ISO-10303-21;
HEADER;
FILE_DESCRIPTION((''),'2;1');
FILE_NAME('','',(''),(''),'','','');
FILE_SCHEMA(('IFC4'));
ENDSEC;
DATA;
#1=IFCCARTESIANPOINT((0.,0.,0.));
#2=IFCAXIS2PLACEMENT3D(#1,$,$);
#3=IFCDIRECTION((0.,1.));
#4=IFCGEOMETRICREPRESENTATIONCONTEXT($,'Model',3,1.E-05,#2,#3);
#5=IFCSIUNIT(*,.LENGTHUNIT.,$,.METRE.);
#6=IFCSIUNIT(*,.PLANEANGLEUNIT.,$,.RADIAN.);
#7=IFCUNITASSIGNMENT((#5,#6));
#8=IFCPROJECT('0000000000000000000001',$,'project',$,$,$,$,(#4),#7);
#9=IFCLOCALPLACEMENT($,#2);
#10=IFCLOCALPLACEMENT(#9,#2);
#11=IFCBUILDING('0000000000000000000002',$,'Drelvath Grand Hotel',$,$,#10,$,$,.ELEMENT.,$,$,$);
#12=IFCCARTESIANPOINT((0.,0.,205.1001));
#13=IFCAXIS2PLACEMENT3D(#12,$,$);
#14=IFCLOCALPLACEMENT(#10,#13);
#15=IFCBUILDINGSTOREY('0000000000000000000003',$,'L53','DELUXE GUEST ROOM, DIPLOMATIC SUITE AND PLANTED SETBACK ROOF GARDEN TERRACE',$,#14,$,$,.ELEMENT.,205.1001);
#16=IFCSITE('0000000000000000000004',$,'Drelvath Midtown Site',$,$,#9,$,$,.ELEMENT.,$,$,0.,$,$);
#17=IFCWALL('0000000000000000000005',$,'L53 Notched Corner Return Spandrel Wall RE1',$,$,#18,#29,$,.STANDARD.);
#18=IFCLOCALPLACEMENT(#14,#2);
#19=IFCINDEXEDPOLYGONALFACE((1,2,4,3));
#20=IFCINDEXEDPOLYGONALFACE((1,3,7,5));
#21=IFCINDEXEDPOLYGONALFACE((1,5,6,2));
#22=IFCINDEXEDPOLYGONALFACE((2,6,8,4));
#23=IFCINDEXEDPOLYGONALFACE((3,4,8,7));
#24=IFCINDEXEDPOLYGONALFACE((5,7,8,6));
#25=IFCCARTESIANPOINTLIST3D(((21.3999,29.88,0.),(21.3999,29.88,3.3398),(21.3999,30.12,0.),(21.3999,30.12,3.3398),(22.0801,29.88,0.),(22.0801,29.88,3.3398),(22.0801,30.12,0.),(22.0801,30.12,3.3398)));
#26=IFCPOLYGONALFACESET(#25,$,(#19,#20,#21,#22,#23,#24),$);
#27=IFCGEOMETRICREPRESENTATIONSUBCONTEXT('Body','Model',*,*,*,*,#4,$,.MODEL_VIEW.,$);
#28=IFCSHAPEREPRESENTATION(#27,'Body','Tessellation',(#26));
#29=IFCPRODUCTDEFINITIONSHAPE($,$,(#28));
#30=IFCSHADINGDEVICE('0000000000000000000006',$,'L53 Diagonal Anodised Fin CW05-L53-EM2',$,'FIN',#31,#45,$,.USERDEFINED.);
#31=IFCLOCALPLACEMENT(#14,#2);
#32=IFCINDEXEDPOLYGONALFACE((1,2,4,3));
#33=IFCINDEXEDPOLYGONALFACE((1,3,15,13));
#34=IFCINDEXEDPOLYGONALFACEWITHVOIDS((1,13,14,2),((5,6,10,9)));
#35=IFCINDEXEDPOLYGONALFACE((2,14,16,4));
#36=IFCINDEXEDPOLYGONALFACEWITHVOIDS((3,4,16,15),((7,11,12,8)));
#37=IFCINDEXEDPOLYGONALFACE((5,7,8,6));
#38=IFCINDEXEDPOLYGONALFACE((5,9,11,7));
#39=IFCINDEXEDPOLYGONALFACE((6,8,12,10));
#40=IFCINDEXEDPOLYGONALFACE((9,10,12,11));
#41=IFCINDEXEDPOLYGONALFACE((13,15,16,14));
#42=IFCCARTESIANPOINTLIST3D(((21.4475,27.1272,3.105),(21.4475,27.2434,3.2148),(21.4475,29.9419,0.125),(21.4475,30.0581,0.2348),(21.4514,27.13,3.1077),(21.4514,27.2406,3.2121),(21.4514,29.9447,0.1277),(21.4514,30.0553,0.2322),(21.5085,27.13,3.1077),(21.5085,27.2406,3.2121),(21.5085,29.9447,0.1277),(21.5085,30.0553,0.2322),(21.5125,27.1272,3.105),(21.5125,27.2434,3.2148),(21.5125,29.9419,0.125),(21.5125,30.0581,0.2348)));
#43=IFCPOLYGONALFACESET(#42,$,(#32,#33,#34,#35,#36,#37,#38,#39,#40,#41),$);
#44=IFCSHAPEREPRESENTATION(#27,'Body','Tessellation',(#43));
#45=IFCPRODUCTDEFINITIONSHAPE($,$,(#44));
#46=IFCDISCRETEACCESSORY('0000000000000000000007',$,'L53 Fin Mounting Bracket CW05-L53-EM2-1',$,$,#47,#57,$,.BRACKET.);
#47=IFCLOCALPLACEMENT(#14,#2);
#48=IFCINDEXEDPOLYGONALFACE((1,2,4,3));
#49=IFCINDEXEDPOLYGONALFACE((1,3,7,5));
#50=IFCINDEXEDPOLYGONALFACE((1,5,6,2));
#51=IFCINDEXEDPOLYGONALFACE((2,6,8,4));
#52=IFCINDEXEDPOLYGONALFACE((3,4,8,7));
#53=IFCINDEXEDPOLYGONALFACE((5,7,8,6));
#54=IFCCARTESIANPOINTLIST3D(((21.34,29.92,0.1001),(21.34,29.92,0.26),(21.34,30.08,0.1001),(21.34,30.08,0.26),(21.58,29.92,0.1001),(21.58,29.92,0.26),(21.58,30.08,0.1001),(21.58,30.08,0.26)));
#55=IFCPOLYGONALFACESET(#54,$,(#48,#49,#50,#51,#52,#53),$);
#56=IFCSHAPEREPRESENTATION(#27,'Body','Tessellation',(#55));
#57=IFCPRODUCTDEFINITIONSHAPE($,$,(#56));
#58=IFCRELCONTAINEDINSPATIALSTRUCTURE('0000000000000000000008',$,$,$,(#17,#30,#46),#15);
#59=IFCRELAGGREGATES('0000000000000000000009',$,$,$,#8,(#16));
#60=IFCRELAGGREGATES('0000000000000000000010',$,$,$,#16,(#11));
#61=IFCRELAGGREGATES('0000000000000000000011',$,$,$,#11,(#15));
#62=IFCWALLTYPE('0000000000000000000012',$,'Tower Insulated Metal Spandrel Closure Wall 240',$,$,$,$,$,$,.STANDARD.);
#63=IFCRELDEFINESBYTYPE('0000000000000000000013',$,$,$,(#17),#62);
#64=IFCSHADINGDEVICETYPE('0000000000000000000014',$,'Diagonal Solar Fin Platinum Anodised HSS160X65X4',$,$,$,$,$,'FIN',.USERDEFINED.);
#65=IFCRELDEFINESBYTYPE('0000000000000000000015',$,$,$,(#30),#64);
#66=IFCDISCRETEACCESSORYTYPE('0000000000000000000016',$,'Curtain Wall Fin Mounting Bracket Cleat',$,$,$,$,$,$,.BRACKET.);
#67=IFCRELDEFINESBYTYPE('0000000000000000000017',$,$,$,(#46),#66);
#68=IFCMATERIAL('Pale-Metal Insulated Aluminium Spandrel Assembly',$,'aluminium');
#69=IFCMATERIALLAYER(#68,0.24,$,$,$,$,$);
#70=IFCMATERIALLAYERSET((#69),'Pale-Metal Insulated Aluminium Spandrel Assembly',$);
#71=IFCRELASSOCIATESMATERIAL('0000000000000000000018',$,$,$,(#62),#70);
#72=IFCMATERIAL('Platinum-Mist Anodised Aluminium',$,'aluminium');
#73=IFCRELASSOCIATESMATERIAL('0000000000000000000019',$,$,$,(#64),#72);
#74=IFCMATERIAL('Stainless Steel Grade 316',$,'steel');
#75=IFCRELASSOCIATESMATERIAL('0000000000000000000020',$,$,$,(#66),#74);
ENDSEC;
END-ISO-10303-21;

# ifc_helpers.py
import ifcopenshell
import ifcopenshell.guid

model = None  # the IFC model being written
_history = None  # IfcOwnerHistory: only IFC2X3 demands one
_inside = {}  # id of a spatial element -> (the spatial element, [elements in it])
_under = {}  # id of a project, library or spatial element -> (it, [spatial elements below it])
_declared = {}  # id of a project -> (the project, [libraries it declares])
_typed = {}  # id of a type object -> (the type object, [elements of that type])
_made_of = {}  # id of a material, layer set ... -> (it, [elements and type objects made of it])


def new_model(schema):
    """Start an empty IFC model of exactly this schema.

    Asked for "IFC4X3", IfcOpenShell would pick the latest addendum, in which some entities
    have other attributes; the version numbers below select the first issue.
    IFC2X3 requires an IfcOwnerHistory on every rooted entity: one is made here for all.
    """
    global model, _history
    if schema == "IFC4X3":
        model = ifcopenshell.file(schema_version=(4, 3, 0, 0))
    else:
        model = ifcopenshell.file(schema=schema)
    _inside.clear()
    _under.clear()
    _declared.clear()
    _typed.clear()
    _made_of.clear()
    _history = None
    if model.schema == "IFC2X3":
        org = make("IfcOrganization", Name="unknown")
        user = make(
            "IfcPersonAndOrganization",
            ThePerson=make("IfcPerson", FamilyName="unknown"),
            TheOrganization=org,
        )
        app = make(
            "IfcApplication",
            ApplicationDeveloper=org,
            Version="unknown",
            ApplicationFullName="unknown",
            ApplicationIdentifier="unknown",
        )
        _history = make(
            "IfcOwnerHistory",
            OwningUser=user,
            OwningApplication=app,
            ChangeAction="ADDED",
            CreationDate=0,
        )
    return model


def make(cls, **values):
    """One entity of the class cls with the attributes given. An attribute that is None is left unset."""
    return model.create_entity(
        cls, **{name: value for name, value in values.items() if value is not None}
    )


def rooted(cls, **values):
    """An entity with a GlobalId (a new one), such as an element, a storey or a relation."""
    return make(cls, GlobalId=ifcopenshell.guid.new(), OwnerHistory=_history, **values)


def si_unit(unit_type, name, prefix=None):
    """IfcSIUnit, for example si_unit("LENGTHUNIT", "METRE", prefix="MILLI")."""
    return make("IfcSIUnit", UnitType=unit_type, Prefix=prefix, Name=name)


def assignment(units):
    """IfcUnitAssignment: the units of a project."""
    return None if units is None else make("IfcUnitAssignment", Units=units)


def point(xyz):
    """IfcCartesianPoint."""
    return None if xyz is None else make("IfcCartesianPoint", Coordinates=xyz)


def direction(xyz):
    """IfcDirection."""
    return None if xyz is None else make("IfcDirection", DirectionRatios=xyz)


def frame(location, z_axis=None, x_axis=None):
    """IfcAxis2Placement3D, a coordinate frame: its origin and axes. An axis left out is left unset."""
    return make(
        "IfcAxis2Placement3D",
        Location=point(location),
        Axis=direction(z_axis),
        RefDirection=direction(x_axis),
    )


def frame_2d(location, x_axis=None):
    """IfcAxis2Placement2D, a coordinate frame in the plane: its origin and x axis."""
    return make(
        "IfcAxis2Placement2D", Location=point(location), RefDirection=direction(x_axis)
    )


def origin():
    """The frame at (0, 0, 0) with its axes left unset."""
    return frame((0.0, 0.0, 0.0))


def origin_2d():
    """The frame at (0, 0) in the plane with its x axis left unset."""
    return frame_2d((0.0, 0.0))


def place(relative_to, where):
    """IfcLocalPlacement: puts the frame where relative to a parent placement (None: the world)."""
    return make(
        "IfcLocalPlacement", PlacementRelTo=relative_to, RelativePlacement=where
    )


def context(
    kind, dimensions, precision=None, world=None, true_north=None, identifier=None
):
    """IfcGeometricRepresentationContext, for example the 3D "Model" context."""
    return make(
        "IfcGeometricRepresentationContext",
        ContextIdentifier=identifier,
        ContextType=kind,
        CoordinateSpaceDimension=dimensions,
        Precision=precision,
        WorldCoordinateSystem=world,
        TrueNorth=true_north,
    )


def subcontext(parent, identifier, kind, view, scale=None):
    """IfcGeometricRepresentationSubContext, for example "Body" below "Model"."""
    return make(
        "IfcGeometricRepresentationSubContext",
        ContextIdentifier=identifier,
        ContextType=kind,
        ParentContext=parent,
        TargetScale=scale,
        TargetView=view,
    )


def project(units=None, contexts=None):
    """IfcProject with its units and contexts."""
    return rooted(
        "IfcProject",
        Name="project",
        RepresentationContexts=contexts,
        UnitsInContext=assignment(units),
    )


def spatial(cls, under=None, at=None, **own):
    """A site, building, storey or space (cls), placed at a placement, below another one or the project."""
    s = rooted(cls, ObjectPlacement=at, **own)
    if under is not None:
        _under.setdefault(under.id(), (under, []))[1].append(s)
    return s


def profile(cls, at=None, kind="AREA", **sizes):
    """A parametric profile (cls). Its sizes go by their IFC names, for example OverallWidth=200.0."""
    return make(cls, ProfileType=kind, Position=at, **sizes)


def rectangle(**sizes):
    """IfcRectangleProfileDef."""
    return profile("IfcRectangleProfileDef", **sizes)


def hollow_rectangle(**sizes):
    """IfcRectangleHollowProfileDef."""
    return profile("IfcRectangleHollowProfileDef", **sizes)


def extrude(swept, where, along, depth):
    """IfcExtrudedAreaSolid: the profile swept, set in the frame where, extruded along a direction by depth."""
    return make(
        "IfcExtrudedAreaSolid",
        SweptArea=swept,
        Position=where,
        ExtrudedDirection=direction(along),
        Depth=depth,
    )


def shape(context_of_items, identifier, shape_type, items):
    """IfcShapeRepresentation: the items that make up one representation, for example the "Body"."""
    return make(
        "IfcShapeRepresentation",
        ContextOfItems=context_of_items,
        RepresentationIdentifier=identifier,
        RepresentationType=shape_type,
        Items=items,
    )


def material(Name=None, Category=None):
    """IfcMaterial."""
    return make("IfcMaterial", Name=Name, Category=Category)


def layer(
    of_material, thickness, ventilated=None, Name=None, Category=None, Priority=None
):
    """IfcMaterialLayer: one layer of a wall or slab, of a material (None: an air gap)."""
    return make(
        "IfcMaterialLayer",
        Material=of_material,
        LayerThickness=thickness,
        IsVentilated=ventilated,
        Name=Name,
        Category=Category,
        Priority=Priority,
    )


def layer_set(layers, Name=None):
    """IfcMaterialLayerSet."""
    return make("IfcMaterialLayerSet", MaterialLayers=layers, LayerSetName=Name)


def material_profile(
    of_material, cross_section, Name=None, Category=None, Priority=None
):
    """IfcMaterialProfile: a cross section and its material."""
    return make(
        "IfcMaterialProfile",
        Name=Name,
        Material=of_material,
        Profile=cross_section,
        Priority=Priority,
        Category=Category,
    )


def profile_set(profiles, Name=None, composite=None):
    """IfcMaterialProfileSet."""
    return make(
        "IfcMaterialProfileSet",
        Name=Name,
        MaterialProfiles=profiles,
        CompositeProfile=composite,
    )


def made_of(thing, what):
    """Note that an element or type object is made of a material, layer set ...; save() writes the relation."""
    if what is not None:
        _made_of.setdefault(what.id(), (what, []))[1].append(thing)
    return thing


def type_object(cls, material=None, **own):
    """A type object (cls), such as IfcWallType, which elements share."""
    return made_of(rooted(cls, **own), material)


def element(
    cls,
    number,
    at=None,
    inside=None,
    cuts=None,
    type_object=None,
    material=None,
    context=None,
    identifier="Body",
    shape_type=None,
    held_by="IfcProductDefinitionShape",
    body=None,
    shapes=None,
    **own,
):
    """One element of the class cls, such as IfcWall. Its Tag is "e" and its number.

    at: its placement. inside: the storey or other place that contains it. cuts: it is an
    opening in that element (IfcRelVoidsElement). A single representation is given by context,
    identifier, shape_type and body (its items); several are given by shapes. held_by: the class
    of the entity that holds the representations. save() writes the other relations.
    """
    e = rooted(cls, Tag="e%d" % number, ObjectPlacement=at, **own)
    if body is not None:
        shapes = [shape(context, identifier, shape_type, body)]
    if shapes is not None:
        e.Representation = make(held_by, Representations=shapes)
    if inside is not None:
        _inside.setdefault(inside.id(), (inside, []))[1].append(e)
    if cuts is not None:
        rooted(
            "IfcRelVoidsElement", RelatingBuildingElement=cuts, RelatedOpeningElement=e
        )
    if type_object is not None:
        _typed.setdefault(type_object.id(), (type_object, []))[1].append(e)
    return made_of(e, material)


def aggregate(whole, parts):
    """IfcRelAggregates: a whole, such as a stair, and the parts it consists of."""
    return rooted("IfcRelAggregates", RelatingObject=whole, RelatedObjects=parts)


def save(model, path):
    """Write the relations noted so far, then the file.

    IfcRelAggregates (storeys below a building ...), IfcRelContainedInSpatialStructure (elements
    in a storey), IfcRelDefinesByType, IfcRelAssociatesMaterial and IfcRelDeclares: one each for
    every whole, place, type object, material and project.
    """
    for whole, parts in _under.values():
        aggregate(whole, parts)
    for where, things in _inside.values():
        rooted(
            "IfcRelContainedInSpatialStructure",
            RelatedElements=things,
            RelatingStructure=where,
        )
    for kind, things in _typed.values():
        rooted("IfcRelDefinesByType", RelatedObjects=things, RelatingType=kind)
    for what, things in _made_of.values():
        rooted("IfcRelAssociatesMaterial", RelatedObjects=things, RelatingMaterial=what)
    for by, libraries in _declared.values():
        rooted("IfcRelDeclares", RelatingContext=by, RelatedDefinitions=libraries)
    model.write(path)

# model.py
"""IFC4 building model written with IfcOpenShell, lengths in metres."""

from ifc_helpers import new_model, si_unit, direction, frame, frame_2d, origin, origin_2d, place, context, subcontext, project, spatial, rectangle, hollow_rectangle, extrude, material, layer, layer_set, material_profile, profile_set, type_object, element, save


model = new_model("IFC4")

# Units and contexts
model_context = context("Model", 3, precision=1e-05, world=origin(), true_north=direction((0.0, 1.0)))
body_context = subcontext(model_context, "Body", "Model", "MODEL_VIEW")
ifc_project = project(units=[si_unit("LENGTHUNIT", "METRE"), si_unit("PLANEANGLEUNIT", "RADIAN")], contexts=[model_context])

# Site, building, storey
site_placement = place(None, origin())
site = spatial("IfcSite", under=ifc_project, at=site_placement, Name="Drelvath Midtown Site", CompositionType="ELEMENT", RefElevation=0.0)
building_placement = place(site_placement, origin())
building = spatial("IfcBuilding", under=site, at=building_placement, Name="Drelvath Grand Hotel", CompositionType="ELEMENT")
storey_placement = place(building_placement, frame((0.0, 0.0, 205.1001)))
storey = spatial("IfcBuildingStorey", under=building, at=storey_placement, Name="L53", Description="DELUXE GUEST ROOM, DIPLOMATIC SUITE AND PLANTED SETBACK ROOF GARDEN TERRACE", CompositionType="ELEMENT", Elevation=205.1001)

# Wall
ifc_material_1 = material(Name="Pale-Metal Insulated Aluminium Spandrel Assembly", Category="aluminium")
ifc_layer_1 = layer(ifc_material_1, 0.24)
ifc_layer_set_1 = layer_set([ifc_layer_1], Name="Pale-Metal Insulated Aluminium Spandrel Assembly")
wall_type_1 = type_object("IfcWallType", Name="Tower Insulated Metal Spandrel Closure Wall 240", PredefinedType="STANDARD", material=ifc_layer_set_1)
wall_1_placement = place(storey_placement, frame((22.0801, 30.0, 0.0), z_axis=(0.0, 0.0, 1.0), x_axis=(-1.0, 0.0, 0.0)))
element("IfcWall", 1, at=wall_1_placement, inside=storey, type_object=wall_type_1, Name="L53 Notched Corner Return Spandrel Wall RE1", PredefinedType="STANDARD", context=body_context, shape_type="SweptSolid", body=[
    extrude(rectangle(XDim=0.6802, YDim=0.24, at=frame_2d((0.3401, 0.0))), origin(), (0.0, 0.0, 1.0), 3.3398),
])

# Shading device
ifc_material_2 = material(Name="Platinum-Mist Anodised Aluminium", Category="aluminium")
ifc_material_profile_1 = material_profile(ifc_material_2, hollow_rectangle(XDim=0.0649, YDim=0.1599, WallThickness=0.0039, at=origin_2d()), Name="HSS160X65X4")
ifc_profile_set_1 = profile_set([ifc_material_profile_1], Name="Platinum-Mist Anodised Aluminium")
shading_device_type = type_object("IfcShadingDeviceType", Name="Diagonal Solar Fin Platinum Anodised HSS160X65X4", ElementType="FIN", PredefinedType="USERDEFINED", material=ifc_profile_set_1)
shading_device_placement = place(storey_placement, frame((21.48, 30.0, 0.1799), z_axis=(0.0, -0.686659, 0.72698), x_axis=(1.0, 0.0, 0.0)))
element("IfcShadingDevice", 2, at=shading_device_placement, inside=storey, type_object=shading_device_type, Name="L53 Diagonal Anodised Fin CW05-L53-EM2", ObjectType="FIN", PredefinedType="USERDEFINED", context=body_context, shape_type="SweptSolid", body=[
    extrude(hollow_rectangle(XDim=0.0649, YDim=0.1599, WallThickness=0.0039, at=origin_2d()), origin(), (0.0, 0.0, 1.0), 4.0991),
])

# Discrete accessory
ifc_material_3 = material(Name="Stainless Steel Grade 316", Category="steel")
discrete_accessory_type = type_object("IfcDiscreteAccessoryType", Name="Curtain Wall Fin Mounting Bracket Cleat", PredefinedType="BRACKET", material=ifc_material_3)
discrete_accessory_placement = place(storey_placement, frame((21.46, 30.0, 0.1001), z_axis=(0.0, 0.0, 1.0), x_axis=(0.0, -1.0, 0.0)))
element("IfcDiscreteAccessory", 3, at=discrete_accessory_placement, inside=storey, type_object=discrete_accessory_type, Name="L53 Fin Mounting Bracket CW05-L53-EM2-1", PredefinedType="BRACKET", context=body_context, shape_type="SweptSolid", body=[
    extrude(rectangle(XDim=0.1599, YDim=0.24, at=origin_2d()), origin(), (0.0, 0.0, 1.0), 0.1599),
])

save(model, "model.ifc")
